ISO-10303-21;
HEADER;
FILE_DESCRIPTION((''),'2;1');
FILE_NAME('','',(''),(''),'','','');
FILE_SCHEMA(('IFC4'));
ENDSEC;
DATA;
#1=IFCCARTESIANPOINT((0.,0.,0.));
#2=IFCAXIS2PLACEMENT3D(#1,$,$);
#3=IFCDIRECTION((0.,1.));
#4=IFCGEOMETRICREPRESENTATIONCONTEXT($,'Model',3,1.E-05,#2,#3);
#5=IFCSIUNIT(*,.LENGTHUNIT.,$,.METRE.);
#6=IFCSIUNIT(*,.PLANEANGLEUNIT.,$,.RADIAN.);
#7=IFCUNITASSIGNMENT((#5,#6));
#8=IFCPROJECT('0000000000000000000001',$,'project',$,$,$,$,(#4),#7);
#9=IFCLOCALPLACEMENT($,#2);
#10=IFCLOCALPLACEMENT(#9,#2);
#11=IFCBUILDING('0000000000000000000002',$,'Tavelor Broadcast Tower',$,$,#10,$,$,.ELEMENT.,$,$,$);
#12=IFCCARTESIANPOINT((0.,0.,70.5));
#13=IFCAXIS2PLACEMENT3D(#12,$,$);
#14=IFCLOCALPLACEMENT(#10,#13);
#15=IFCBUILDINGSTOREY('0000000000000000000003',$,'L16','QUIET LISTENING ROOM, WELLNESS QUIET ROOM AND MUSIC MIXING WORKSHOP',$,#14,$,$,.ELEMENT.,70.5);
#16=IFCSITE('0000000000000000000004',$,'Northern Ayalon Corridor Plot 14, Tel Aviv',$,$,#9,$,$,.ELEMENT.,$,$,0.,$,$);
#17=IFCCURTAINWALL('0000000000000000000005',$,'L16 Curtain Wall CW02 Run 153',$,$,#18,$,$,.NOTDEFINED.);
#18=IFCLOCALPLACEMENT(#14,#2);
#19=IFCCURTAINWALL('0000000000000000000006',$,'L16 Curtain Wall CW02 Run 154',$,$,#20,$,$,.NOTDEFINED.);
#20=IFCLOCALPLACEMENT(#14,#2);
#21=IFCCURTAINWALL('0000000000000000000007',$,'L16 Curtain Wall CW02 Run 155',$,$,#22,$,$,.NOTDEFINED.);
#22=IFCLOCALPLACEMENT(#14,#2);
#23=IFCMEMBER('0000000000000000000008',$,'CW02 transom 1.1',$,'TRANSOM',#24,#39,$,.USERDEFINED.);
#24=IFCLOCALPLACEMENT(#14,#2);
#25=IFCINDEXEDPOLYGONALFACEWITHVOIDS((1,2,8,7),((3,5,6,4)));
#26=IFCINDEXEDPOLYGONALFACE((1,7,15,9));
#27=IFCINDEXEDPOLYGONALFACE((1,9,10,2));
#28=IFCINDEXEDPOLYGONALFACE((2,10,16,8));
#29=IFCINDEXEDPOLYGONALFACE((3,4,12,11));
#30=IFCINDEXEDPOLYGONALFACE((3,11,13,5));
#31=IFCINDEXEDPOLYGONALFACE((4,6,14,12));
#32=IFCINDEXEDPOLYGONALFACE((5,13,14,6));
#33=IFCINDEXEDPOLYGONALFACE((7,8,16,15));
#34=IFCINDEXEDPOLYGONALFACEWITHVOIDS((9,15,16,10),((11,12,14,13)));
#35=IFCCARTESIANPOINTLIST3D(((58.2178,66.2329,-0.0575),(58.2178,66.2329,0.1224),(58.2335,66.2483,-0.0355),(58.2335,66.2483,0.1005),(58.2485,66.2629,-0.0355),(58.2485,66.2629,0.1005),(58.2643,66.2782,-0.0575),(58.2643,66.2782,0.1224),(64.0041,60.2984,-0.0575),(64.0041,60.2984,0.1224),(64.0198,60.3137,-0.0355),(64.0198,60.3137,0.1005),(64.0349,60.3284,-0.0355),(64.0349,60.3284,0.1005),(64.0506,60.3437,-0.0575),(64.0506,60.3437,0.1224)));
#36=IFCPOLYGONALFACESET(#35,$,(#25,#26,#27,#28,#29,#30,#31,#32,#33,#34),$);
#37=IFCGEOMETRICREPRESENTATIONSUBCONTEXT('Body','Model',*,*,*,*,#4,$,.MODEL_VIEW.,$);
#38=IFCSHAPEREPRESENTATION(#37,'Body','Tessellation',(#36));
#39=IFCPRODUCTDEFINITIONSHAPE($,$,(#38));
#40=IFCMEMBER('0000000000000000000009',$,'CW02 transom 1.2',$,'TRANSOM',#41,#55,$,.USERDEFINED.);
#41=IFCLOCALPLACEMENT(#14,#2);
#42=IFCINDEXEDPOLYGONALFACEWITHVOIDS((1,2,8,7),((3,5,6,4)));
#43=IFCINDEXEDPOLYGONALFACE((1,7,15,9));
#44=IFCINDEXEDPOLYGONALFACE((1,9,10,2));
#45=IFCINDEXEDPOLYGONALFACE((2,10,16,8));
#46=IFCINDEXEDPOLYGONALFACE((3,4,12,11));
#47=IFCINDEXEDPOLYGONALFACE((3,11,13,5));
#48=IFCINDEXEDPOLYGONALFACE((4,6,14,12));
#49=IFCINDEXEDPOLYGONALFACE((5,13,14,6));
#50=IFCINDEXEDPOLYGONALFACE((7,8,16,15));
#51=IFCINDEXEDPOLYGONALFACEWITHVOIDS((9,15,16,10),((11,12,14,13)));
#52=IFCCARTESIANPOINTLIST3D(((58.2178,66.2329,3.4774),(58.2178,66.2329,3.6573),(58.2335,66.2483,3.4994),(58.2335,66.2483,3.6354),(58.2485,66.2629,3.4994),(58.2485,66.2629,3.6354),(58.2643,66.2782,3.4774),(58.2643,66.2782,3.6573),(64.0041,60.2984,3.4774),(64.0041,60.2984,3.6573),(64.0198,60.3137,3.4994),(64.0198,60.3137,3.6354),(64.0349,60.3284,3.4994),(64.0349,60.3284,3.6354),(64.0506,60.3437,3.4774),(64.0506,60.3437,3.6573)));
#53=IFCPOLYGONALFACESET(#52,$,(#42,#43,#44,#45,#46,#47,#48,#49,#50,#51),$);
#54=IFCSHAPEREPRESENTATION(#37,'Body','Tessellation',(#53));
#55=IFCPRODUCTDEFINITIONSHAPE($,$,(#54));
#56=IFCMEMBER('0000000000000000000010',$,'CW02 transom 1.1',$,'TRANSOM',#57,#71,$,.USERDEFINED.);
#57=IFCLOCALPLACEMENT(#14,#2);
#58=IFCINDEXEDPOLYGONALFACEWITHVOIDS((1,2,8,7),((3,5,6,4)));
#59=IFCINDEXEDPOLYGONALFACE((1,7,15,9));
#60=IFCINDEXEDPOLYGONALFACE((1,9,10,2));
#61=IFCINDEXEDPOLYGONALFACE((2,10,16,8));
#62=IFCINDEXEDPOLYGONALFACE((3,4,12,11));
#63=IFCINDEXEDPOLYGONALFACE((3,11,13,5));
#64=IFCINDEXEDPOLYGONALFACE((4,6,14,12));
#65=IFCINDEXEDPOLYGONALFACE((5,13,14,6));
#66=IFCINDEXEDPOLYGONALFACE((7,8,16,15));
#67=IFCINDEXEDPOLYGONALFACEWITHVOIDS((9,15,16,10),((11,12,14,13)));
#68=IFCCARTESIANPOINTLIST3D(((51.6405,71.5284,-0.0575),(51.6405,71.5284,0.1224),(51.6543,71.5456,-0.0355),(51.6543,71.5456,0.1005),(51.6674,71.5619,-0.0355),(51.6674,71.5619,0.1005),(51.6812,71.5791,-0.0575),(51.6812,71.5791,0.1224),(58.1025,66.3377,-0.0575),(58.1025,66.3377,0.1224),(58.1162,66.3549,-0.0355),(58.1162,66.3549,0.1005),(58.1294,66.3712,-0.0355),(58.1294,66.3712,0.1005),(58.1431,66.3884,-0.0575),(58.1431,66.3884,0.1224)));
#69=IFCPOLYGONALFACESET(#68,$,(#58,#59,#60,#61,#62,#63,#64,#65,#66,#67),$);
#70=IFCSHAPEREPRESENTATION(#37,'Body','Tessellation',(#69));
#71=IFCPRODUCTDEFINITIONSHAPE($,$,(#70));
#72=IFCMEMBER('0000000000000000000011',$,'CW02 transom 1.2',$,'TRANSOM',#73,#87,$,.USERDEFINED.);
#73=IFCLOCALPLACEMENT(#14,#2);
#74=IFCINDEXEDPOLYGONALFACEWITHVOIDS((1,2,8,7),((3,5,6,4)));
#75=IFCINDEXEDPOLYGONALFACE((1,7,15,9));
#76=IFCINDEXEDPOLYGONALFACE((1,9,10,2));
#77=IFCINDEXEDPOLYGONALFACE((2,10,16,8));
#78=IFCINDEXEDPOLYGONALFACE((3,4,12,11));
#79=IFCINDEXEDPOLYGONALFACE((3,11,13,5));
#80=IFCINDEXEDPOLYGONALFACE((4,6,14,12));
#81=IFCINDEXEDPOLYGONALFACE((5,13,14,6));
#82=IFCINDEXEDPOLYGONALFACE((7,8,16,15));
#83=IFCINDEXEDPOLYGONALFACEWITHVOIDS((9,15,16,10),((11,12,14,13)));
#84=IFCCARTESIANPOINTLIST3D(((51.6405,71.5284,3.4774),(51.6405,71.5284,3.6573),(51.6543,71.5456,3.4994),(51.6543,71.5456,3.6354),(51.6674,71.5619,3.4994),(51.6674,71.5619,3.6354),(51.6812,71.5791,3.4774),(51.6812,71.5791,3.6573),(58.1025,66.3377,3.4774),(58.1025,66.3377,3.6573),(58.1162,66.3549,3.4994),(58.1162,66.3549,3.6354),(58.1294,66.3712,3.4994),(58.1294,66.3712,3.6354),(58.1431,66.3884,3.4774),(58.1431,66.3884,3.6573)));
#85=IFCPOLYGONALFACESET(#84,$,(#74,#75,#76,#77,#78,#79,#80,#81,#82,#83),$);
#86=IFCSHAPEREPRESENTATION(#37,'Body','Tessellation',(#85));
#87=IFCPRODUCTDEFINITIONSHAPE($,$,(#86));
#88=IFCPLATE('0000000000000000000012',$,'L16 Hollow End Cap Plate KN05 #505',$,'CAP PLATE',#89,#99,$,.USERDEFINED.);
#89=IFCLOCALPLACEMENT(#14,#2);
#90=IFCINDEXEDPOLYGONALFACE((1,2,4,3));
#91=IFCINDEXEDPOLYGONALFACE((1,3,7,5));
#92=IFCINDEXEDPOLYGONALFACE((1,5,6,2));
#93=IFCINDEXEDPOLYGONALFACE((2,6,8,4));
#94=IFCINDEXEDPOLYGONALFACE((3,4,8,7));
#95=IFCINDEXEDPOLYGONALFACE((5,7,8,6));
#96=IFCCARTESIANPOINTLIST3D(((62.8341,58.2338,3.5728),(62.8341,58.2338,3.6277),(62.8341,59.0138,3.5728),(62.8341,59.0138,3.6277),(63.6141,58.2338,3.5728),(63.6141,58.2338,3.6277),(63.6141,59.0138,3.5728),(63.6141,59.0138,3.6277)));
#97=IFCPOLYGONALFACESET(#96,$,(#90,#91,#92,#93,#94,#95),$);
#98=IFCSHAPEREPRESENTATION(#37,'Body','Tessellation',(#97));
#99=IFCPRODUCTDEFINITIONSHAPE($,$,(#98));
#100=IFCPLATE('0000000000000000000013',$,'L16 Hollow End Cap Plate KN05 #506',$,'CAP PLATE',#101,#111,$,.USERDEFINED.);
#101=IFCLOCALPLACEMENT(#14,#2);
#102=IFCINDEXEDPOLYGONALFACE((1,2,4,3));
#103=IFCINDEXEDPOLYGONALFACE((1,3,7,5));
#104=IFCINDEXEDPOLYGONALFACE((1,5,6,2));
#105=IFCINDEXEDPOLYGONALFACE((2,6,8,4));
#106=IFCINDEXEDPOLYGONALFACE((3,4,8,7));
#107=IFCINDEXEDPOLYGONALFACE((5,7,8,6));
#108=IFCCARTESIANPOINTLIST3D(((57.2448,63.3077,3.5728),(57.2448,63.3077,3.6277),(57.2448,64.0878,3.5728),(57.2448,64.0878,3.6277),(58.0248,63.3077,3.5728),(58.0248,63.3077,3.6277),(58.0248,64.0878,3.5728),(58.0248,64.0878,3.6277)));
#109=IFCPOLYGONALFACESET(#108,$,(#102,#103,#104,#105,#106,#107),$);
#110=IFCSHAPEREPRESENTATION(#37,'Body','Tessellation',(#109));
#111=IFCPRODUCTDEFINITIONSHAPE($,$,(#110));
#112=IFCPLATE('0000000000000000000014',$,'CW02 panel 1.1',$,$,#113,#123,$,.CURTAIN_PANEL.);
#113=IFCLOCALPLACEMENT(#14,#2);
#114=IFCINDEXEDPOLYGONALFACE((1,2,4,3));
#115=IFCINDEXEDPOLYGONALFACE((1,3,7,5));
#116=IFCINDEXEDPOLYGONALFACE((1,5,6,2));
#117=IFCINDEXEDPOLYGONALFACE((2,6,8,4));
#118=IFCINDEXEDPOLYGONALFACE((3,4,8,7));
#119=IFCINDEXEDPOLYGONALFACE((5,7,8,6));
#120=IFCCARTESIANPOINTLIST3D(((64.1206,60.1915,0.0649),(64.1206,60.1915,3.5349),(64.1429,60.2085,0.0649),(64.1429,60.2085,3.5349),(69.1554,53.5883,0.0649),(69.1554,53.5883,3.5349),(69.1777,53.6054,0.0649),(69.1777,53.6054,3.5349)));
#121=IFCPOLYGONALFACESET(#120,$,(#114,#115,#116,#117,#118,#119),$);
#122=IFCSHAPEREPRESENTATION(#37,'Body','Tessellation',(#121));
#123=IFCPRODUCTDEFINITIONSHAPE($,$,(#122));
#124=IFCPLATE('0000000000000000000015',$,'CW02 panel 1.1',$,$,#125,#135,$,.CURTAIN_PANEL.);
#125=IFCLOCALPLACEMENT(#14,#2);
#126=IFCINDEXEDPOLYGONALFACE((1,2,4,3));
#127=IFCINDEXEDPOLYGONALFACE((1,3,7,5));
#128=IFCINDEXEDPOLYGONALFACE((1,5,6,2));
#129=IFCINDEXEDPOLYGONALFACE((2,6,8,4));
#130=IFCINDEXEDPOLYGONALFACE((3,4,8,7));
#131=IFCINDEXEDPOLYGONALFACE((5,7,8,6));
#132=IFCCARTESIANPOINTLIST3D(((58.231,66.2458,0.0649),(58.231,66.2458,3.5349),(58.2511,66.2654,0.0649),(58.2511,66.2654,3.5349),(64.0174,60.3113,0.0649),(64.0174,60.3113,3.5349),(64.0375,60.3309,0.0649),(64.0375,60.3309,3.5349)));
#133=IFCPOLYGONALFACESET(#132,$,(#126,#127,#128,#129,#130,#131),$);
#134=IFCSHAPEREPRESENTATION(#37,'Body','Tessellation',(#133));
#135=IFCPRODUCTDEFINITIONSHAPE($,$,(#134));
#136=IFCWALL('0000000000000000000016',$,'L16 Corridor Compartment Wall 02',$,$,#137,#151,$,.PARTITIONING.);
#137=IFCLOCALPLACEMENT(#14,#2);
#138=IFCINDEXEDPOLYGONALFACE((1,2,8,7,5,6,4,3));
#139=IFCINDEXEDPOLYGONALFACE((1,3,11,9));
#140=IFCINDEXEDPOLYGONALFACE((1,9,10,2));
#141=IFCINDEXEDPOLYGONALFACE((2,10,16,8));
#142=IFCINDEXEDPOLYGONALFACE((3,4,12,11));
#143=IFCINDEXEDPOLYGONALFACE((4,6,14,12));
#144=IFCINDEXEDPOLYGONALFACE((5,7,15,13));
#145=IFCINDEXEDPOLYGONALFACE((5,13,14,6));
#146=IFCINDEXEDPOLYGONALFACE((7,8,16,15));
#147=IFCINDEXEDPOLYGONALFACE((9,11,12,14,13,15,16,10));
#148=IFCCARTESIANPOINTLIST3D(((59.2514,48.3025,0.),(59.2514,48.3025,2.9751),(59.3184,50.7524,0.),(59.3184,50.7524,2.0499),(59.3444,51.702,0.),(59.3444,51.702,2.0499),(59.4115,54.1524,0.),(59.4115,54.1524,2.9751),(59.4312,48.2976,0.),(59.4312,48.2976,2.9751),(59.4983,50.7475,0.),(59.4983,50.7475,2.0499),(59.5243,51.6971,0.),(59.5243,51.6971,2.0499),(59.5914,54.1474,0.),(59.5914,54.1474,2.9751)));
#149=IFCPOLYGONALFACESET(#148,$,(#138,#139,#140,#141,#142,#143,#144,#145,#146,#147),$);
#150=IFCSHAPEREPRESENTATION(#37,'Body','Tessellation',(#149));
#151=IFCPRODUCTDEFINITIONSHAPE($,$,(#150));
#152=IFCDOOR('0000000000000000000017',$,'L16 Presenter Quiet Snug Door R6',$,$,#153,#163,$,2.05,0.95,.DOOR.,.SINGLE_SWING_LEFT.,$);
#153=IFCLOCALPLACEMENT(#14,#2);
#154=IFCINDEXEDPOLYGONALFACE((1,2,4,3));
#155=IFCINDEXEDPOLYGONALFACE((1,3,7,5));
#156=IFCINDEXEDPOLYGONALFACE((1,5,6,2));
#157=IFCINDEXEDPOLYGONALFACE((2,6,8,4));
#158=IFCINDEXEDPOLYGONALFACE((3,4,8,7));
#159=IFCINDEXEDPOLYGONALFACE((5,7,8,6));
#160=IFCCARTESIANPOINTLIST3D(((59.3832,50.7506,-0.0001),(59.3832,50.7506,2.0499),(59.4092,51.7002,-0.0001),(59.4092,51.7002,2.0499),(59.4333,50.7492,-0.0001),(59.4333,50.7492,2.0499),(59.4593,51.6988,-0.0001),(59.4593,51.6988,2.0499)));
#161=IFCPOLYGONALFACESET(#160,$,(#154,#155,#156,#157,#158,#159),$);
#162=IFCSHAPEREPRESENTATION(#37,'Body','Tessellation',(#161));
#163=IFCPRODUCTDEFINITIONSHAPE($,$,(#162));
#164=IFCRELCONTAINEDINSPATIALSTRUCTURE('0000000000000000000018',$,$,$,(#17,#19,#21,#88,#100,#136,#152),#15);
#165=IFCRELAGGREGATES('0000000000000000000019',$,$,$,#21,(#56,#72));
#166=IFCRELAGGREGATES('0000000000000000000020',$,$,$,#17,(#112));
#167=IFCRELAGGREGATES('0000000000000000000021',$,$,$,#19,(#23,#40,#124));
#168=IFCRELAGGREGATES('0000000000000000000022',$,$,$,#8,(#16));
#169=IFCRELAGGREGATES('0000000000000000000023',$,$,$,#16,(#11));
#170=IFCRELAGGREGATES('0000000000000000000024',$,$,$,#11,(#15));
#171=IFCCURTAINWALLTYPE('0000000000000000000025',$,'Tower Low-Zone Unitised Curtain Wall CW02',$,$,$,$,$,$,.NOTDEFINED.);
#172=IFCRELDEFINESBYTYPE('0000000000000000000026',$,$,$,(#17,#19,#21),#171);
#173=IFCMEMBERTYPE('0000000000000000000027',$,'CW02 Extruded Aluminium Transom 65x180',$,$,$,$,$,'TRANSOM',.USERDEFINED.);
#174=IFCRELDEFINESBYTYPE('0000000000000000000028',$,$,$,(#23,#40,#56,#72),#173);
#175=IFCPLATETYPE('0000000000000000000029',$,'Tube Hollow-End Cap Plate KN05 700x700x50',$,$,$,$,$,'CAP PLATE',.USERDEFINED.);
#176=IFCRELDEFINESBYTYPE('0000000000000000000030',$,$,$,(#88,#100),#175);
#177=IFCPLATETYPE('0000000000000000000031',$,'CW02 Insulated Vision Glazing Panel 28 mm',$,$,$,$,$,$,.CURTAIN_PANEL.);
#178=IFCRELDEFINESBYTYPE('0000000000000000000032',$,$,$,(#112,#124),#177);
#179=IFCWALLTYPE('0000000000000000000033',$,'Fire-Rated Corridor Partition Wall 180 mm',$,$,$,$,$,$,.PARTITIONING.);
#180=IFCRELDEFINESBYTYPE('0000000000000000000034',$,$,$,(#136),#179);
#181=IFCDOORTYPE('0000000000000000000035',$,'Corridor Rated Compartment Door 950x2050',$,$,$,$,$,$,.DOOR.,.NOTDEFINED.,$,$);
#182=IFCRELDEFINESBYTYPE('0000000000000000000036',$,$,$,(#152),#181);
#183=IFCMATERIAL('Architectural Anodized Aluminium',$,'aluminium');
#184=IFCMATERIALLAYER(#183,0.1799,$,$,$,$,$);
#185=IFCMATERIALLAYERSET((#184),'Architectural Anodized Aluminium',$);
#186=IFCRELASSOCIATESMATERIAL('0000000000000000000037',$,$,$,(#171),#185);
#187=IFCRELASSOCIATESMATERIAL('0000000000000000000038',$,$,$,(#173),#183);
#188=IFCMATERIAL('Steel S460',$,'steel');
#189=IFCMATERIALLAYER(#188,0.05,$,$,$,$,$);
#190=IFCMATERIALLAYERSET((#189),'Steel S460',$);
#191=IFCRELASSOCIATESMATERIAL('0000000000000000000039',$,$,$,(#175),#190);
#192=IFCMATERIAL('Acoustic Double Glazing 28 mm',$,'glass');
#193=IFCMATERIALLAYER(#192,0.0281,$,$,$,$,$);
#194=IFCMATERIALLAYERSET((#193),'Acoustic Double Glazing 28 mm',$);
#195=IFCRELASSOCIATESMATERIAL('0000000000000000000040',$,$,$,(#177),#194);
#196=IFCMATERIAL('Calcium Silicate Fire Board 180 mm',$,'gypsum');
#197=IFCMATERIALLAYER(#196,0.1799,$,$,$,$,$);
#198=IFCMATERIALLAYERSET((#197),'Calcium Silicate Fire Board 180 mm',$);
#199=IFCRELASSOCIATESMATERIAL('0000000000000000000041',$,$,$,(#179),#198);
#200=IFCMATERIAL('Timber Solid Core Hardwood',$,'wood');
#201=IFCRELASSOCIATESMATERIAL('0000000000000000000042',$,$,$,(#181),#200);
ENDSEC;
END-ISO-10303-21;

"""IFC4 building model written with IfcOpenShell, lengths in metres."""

from ifc_helpers import new_model, si_unit, direction, frame, frame_2d, origin, origin_2d, place, context, subcontext, project, spatial, rectangle, hollow_rectangle, extrude, source, transform, mapped, material, layer, layer_set, material_profile, profile_set, type_object, type_shapes, element, fill, aggregate, save


model = new_model("IFC4")

# Units and contexts
model_context = context("Model", 3, precision=1e-05, world=origin(), true_north=direction((0.0, 1.0)))
body_context = subcontext(model_context, "Body", "Model", "MODEL_VIEW")
ifc_project = project(units=[si_unit("LENGTHUNIT", "METRE"), si_unit("PLANEANGLEUNIT", "RADIAN")], contexts=[model_context])

# Site, building, storey
site_placement = place(None, origin())
site = spatial("IfcSite", under=ifc_project, at=site_placement, Name="Northern Ayalon Corridor Plot 14, Tel Aviv", CompositionType="ELEMENT", RefElevation=0.0)
building_placement = place(site_placement, origin())
building = spatial("IfcBuilding", under=site, at=building_placement, Name="Tavelor Broadcast Tower", CompositionType="ELEMENT")
storey_placement = place(building_placement, frame((0.0, 0.0, 70.5)))
storey = spatial("IfcBuildingStorey", under=building, at=storey_placement, Name="L16", Description="QUIET LISTENING ROOM, WELLNESS QUIET ROOM AND MUSIC MIXING WORKSHOP", CompositionType="ELEMENT", Elevation=70.5)

# Shared definitions
ifc_material_1 = material(Name="Steel S460", Category="steel")

# Curtain wall
ifc_material_2 = material(Name="Architectural Anodized Aluminium", Category="aluminium")
ifc_layer_1 = layer(ifc_material_2, 0.1799)
ifc_layer_set_1 = layer_set([ifc_layer_1], Name="Architectural Anodized Aluminium")
curtain_wall_type = type_object("IfcCurtainWallType", Name="Tower Low-Zone Unitised Curtain Wall CW02", PredefinedType="NOTDEFINED", material=ifc_layer_set_1)
curtain_wall_1_placement = place(storey_placement, origin())
curtain_wall_1 = element("IfcCurtainWall", 1, at=curtain_wall_1_placement, inside=storey, type_object=curtain_wall_type, Name="L16 Curtain Wall CW02 Run 153", PredefinedType="NOTDEFINED")

# Curtain wall
curtain_wall_2_placement = place(storey_placement, origin())
curtain_wall_2 = element("IfcCurtainWall", 2, at=curtain_wall_2_placement, inside=storey, type_object=curtain_wall_type, Name="L16 Curtain Wall CW02 Run 154", PredefinedType="NOTDEFINED")

# Curtain wall
curtain_wall_3_placement = place(storey_placement, origin())
curtain_wall_3 = element("IfcCurtainWall", 3, at=curtain_wall_3_placement, inside=storey, type_object=curtain_wall_type, Name="L16 Curtain Wall CW02 Run 155", PredefinedType="NOTDEFINED")

# Members
ifc_material_profile_1 = material_profile(ifc_material_2, hollow_rectangle(XDim=0.0649, YDim=0.1799, WallThickness=0.022, at=origin_2d()), Name="RHS 65x180x22")
ifc_profile_set_1 = profile_set([ifc_material_profile_1], Name="Architectural Anodized Aluminium")
member_type_1 = type_object("IfcMemberType", Name="CW02 Extruded Aluminium Transom 65x180", ElementType="TRANSOM", PredefinedType="USERDEFINED", material=ifc_profile_set_1)
shared_shape_1 = source(origin(), body_context, "Body", "SweptSolid", [
    extrude(hollow_rectangle(XDim=0.0649, YDim=0.1799, WallThickness=0.022, at=origin_2d()), origin(), (0.0, 0.0, 1.0), 8.2886),
])
type_shapes(member_type_1, [shared_shape_1])
member_1_placement = place(storey_placement, frame((64.0273, 60.321, 0.0325), z_axis=(-0.698111, 0.71599, 0.0), x_axis=(-0.71599, -0.698111, 0.0)))
member_1 = element("IfcMember", 4, at=member_1_placement, type_object=member_type_1, Name="CW02 transom 1.1", ObjectType="TRANSOM", PredefinedType="USERDEFINED", context=body_context, shape_type="MappedRepresentation", body=[
    mapped(shared_shape_1, transform((0.0, 0.0, 0.0), scale=1.0)),
])
member_2_placement = place(storey_placement, frame((64.0273, 60.321, 3.5674), z_axis=(-0.698111, 0.71599, 0.0), x_axis=(-0.71599, -0.698111, 0.0)))
member_2 = element("IfcMember", 5, at=member_2_placement, type_object=member_type_1, Name="CW02 transom 1.2", ObjectType="TRANSOM", PredefinedType="USERDEFINED", context=body_context, shape_type="MappedRepresentation", body=[
    mapped(shared_shape_1, transform((0.0, 0.0, 0.0), scale=1.0)),
])
member_3_placement = place(storey_placement, frame((58.1228, 66.363, 0.0325), z_axis=(-0.779623, 0.626249, 0.0), x_axis=(-0.626249, -0.779623, 0.0)))
member_3 = element("IfcMember", 6, at=member_3_placement, type_object=member_type_1, Name="CW02 transom 1.1", ObjectType="TRANSOM", PredefinedType="USERDEFINED", context=body_context, shape_type="MappedRepresentation", body=[
    mapped(shared_shape_1, transform((0.0, 0.0, 0.0), scale=1.0)),
])
member_4_placement = place(storey_placement, frame((58.1228, 66.363, 3.5674), z_axis=(-0.779623, 0.626249, 0.0), x_axis=(-0.626249, -0.779623, 0.0)))
member_4 = element("IfcMember", 7, at=member_4_placement, type_object=member_type_1, Name="CW02 transom 1.2", ObjectType="TRANSOM", PredefinedType="USERDEFINED", context=body_context, shape_type="MappedRepresentation", body=[
    mapped(shared_shape_1, transform((0.0, 0.0, 0.0), scale=1.0)),
])
aggregate(curtain_wall_3, [member_3, member_4])

# Plates
ifc_layer_2 = layer(ifc_material_1, 0.05)
ifc_layer_set_2 = layer_set([ifc_layer_2], Name="Steel S460")
plate_type_1 = type_object("IfcPlateType", Name="Tube Hollow-End Cap Plate KN05 700x700x50", ElementType="CAP PLATE", PredefinedType="USERDEFINED", material=ifc_layer_set_2)
shared_shape_2 = source(origin(), body_context, "Body", "SweptSolid", [
    extrude(rectangle(XDim=0.78, YDim=0.78, at=origin_2d()), origin(), (0.0, 0.0, 1.0), 0.0549),
])
type_shapes(plate_type_1, [shared_shape_2])
for number, where, z_axis, x_axis, name in (
    (8, (63.2241, 58.6238, 3.5728), (0.0, 0.0, 1.0), (1.0, 0.0, 0.0), "L16 Hollow End Cap Plate KN05 #505"),
    (9, (57.6348, 63.6978, 3.5728), (0.0, 0.0, 1.0), (1.0, 0.0, 0.0), "L16 Hollow End Cap Plate KN05 #506"),
):
    element("IfcPlate", number, at=place(storey_placement, frame(where, z_axis=z_axis, x_axis=x_axis)), inside=storey, type_object=plate_type_1, Name=name, ObjectType="CAP PLATE", PredefinedType="USERDEFINED", context=body_context, shape_type="MappedRepresentation", body=[
        mapped(shared_shape_2, transform((0.0, 0.0, 0.0), scale=1.0)),
    ])

# Plates
ifc_material_3 = material(Name="Acoustic Double Glazing 28 mm", Category="glass")
ifc_layer_3 = layer(ifc_material_3, 0.0281)
ifc_layer_set_3 = layer_set([ifc_layer_3], Name="Acoustic Double Glazing 28 mm")
plate_type_2 = type_object("IfcPlateType", Name="CW02 Insulated Vision Glazing Panel 28 mm", PredefinedType="CURTAIN_PANEL", material=ifc_layer_set_3)
shared_shape_3 = source(origin(), body_context, "Body", "SweptSolid", [
    extrude(rectangle(XDim=8.3037, YDim=0.0281, at=origin_2d()), origin(), (0.0, 0.0, 1.0), 3.47),
])
plate_1_placement = place(storey_placement, frame((66.6492, 56.8984, 0.0649), z_axis=(0.0, 0.0, 1.0), x_axis=(-0.606335, 0.79521, 0.0)))
plate_1 = element("IfcPlate", 10, at=plate_1_placement, type_object=plate_type_2, Name="CW02 panel 1.1", PredefinedType="CURTAIN_PANEL", context=body_context, shape_type="MappedRepresentation", body=[
    mapped(shared_shape_3, transform((0.0, 0.0, 0.0), scale=1.0)),
])
aggregate(curtain_wall_1, [plate_1])
shared_shape_4 = source(origin(), body_context, "Body", "SweptSolid", [
    extrude(rectangle(XDim=8.2886, YDim=0.0281, at=origin_2d()), origin(), (0.0, 0.0, 1.0), 3.47),
])
type_shapes(plate_type_2, [shared_shape_3, shared_shape_4])
plate_2_placement = place(storey_placement, frame((61.1343, 63.2883, 0.0649), z_axis=(0.0, 0.0, 1.0), x_axis=(-0.698118, 0.715983, 0.0)))
plate_2 = element("IfcPlate", 11, at=plate_2_placement, type_object=plate_type_2, Name="CW02 panel 1.1", PredefinedType="CURTAIN_PANEL", context=body_context, shape_type="MappedRepresentation", body=[
    mapped(shared_shape_4, transform((0.0, 0.0, 0.0), scale=1.0)),
])
aggregate(curtain_wall_2, [member_1, member_2, plate_2])

# Wall, opening, door
ifc_material_4 = material(Name="Calcium Silicate Fire Board 180 mm", Category="gypsum")
ifc_layer_4 = layer(ifc_material_4, 0.1799)
ifc_layer_set_4 = layer_set([ifc_layer_4], Name="Calcium Silicate Fire Board 180 mm")
wall_type_1 = type_object("IfcWallType", Name="Fire-Rated Corridor Partition Wall 180 mm", PredefinedType="PARTITIONING", material=ifc_layer_set_4)
wall_1_placement = place(storey_placement, frame((59.5015, 54.1499, 0.0), z_axis=(0.0, 0.0, 1.0), x_axis=(-0.027368, -0.999625, 0.0)))
wall_1 = element("IfcWall", 12, at=wall_1_placement, inside=storey, type_object=wall_type_1, Name="L16 Corridor Compartment Wall 02", PredefinedType="PARTITIONING", context=body_context, shape_type="SweptSolid", body=[
    extrude(rectangle(XDim=5.8521, YDim=0.1799, at=frame_2d((2.926, 0.0))), origin(), (0.0, 0.0, 1.0), 2.9751),
])
opening_1_placement = place(wall_1_placement, frame((2.4512, 0.0, 0.0)))
opening_1 = element("IfcOpeningElement", 13, at=opening_1_placement, cuts=wall_1, PredefinedType="OPENING", context=body_context, shape_type="SweptSolid", body=[
    extrude(rectangle(XDim=0.95, YDim=2.05, at=frame_2d((0.4751, 1.0249))), frame((0.0, 0.1001, 0.0), z_axis=(0.0, -1.0, 0.0), x_axis=(1.0, 0.0, 0.0)), (0.0, 0.0, 1.0), 0.2),
])
ifc_material_5 = material(Name="Timber Solid Core Hardwood", Category="wood")
door_type_1 = type_object("IfcDoorType", Name="Corridor Rated Compartment Door 950x2050", OperationType="NOTDEFINED", PredefinedType="DOOR", material=ifc_material_5)
door_1_placement = place(opening_1_placement, origin())
door_1 = element("IfcDoor", 14, at=door_1_placement, inside=storey, type_object=door_type_1, Name="L16 Presenter Quiet Snug Door R6", OperationType="SINGLE_SWING_LEFT", OverallHeight=2.05, OverallWidth=0.95, PredefinedType="DOOR", context=body_context, shape_type="SweptSolid", body=[
    extrude(rectangle(XDim=0.95, YDim=2.05, at=frame_2d((0.4751, 1.0249))), frame((0.0, 0.0249, 0.0), z_axis=(0.0, -1.0, 0.0), x_axis=(1.0, 0.0, 0.0)), (0.0, 0.0, 1.0), 0.05),
])
fill(opening_1, door_1)

save(model, "model.ifc")
